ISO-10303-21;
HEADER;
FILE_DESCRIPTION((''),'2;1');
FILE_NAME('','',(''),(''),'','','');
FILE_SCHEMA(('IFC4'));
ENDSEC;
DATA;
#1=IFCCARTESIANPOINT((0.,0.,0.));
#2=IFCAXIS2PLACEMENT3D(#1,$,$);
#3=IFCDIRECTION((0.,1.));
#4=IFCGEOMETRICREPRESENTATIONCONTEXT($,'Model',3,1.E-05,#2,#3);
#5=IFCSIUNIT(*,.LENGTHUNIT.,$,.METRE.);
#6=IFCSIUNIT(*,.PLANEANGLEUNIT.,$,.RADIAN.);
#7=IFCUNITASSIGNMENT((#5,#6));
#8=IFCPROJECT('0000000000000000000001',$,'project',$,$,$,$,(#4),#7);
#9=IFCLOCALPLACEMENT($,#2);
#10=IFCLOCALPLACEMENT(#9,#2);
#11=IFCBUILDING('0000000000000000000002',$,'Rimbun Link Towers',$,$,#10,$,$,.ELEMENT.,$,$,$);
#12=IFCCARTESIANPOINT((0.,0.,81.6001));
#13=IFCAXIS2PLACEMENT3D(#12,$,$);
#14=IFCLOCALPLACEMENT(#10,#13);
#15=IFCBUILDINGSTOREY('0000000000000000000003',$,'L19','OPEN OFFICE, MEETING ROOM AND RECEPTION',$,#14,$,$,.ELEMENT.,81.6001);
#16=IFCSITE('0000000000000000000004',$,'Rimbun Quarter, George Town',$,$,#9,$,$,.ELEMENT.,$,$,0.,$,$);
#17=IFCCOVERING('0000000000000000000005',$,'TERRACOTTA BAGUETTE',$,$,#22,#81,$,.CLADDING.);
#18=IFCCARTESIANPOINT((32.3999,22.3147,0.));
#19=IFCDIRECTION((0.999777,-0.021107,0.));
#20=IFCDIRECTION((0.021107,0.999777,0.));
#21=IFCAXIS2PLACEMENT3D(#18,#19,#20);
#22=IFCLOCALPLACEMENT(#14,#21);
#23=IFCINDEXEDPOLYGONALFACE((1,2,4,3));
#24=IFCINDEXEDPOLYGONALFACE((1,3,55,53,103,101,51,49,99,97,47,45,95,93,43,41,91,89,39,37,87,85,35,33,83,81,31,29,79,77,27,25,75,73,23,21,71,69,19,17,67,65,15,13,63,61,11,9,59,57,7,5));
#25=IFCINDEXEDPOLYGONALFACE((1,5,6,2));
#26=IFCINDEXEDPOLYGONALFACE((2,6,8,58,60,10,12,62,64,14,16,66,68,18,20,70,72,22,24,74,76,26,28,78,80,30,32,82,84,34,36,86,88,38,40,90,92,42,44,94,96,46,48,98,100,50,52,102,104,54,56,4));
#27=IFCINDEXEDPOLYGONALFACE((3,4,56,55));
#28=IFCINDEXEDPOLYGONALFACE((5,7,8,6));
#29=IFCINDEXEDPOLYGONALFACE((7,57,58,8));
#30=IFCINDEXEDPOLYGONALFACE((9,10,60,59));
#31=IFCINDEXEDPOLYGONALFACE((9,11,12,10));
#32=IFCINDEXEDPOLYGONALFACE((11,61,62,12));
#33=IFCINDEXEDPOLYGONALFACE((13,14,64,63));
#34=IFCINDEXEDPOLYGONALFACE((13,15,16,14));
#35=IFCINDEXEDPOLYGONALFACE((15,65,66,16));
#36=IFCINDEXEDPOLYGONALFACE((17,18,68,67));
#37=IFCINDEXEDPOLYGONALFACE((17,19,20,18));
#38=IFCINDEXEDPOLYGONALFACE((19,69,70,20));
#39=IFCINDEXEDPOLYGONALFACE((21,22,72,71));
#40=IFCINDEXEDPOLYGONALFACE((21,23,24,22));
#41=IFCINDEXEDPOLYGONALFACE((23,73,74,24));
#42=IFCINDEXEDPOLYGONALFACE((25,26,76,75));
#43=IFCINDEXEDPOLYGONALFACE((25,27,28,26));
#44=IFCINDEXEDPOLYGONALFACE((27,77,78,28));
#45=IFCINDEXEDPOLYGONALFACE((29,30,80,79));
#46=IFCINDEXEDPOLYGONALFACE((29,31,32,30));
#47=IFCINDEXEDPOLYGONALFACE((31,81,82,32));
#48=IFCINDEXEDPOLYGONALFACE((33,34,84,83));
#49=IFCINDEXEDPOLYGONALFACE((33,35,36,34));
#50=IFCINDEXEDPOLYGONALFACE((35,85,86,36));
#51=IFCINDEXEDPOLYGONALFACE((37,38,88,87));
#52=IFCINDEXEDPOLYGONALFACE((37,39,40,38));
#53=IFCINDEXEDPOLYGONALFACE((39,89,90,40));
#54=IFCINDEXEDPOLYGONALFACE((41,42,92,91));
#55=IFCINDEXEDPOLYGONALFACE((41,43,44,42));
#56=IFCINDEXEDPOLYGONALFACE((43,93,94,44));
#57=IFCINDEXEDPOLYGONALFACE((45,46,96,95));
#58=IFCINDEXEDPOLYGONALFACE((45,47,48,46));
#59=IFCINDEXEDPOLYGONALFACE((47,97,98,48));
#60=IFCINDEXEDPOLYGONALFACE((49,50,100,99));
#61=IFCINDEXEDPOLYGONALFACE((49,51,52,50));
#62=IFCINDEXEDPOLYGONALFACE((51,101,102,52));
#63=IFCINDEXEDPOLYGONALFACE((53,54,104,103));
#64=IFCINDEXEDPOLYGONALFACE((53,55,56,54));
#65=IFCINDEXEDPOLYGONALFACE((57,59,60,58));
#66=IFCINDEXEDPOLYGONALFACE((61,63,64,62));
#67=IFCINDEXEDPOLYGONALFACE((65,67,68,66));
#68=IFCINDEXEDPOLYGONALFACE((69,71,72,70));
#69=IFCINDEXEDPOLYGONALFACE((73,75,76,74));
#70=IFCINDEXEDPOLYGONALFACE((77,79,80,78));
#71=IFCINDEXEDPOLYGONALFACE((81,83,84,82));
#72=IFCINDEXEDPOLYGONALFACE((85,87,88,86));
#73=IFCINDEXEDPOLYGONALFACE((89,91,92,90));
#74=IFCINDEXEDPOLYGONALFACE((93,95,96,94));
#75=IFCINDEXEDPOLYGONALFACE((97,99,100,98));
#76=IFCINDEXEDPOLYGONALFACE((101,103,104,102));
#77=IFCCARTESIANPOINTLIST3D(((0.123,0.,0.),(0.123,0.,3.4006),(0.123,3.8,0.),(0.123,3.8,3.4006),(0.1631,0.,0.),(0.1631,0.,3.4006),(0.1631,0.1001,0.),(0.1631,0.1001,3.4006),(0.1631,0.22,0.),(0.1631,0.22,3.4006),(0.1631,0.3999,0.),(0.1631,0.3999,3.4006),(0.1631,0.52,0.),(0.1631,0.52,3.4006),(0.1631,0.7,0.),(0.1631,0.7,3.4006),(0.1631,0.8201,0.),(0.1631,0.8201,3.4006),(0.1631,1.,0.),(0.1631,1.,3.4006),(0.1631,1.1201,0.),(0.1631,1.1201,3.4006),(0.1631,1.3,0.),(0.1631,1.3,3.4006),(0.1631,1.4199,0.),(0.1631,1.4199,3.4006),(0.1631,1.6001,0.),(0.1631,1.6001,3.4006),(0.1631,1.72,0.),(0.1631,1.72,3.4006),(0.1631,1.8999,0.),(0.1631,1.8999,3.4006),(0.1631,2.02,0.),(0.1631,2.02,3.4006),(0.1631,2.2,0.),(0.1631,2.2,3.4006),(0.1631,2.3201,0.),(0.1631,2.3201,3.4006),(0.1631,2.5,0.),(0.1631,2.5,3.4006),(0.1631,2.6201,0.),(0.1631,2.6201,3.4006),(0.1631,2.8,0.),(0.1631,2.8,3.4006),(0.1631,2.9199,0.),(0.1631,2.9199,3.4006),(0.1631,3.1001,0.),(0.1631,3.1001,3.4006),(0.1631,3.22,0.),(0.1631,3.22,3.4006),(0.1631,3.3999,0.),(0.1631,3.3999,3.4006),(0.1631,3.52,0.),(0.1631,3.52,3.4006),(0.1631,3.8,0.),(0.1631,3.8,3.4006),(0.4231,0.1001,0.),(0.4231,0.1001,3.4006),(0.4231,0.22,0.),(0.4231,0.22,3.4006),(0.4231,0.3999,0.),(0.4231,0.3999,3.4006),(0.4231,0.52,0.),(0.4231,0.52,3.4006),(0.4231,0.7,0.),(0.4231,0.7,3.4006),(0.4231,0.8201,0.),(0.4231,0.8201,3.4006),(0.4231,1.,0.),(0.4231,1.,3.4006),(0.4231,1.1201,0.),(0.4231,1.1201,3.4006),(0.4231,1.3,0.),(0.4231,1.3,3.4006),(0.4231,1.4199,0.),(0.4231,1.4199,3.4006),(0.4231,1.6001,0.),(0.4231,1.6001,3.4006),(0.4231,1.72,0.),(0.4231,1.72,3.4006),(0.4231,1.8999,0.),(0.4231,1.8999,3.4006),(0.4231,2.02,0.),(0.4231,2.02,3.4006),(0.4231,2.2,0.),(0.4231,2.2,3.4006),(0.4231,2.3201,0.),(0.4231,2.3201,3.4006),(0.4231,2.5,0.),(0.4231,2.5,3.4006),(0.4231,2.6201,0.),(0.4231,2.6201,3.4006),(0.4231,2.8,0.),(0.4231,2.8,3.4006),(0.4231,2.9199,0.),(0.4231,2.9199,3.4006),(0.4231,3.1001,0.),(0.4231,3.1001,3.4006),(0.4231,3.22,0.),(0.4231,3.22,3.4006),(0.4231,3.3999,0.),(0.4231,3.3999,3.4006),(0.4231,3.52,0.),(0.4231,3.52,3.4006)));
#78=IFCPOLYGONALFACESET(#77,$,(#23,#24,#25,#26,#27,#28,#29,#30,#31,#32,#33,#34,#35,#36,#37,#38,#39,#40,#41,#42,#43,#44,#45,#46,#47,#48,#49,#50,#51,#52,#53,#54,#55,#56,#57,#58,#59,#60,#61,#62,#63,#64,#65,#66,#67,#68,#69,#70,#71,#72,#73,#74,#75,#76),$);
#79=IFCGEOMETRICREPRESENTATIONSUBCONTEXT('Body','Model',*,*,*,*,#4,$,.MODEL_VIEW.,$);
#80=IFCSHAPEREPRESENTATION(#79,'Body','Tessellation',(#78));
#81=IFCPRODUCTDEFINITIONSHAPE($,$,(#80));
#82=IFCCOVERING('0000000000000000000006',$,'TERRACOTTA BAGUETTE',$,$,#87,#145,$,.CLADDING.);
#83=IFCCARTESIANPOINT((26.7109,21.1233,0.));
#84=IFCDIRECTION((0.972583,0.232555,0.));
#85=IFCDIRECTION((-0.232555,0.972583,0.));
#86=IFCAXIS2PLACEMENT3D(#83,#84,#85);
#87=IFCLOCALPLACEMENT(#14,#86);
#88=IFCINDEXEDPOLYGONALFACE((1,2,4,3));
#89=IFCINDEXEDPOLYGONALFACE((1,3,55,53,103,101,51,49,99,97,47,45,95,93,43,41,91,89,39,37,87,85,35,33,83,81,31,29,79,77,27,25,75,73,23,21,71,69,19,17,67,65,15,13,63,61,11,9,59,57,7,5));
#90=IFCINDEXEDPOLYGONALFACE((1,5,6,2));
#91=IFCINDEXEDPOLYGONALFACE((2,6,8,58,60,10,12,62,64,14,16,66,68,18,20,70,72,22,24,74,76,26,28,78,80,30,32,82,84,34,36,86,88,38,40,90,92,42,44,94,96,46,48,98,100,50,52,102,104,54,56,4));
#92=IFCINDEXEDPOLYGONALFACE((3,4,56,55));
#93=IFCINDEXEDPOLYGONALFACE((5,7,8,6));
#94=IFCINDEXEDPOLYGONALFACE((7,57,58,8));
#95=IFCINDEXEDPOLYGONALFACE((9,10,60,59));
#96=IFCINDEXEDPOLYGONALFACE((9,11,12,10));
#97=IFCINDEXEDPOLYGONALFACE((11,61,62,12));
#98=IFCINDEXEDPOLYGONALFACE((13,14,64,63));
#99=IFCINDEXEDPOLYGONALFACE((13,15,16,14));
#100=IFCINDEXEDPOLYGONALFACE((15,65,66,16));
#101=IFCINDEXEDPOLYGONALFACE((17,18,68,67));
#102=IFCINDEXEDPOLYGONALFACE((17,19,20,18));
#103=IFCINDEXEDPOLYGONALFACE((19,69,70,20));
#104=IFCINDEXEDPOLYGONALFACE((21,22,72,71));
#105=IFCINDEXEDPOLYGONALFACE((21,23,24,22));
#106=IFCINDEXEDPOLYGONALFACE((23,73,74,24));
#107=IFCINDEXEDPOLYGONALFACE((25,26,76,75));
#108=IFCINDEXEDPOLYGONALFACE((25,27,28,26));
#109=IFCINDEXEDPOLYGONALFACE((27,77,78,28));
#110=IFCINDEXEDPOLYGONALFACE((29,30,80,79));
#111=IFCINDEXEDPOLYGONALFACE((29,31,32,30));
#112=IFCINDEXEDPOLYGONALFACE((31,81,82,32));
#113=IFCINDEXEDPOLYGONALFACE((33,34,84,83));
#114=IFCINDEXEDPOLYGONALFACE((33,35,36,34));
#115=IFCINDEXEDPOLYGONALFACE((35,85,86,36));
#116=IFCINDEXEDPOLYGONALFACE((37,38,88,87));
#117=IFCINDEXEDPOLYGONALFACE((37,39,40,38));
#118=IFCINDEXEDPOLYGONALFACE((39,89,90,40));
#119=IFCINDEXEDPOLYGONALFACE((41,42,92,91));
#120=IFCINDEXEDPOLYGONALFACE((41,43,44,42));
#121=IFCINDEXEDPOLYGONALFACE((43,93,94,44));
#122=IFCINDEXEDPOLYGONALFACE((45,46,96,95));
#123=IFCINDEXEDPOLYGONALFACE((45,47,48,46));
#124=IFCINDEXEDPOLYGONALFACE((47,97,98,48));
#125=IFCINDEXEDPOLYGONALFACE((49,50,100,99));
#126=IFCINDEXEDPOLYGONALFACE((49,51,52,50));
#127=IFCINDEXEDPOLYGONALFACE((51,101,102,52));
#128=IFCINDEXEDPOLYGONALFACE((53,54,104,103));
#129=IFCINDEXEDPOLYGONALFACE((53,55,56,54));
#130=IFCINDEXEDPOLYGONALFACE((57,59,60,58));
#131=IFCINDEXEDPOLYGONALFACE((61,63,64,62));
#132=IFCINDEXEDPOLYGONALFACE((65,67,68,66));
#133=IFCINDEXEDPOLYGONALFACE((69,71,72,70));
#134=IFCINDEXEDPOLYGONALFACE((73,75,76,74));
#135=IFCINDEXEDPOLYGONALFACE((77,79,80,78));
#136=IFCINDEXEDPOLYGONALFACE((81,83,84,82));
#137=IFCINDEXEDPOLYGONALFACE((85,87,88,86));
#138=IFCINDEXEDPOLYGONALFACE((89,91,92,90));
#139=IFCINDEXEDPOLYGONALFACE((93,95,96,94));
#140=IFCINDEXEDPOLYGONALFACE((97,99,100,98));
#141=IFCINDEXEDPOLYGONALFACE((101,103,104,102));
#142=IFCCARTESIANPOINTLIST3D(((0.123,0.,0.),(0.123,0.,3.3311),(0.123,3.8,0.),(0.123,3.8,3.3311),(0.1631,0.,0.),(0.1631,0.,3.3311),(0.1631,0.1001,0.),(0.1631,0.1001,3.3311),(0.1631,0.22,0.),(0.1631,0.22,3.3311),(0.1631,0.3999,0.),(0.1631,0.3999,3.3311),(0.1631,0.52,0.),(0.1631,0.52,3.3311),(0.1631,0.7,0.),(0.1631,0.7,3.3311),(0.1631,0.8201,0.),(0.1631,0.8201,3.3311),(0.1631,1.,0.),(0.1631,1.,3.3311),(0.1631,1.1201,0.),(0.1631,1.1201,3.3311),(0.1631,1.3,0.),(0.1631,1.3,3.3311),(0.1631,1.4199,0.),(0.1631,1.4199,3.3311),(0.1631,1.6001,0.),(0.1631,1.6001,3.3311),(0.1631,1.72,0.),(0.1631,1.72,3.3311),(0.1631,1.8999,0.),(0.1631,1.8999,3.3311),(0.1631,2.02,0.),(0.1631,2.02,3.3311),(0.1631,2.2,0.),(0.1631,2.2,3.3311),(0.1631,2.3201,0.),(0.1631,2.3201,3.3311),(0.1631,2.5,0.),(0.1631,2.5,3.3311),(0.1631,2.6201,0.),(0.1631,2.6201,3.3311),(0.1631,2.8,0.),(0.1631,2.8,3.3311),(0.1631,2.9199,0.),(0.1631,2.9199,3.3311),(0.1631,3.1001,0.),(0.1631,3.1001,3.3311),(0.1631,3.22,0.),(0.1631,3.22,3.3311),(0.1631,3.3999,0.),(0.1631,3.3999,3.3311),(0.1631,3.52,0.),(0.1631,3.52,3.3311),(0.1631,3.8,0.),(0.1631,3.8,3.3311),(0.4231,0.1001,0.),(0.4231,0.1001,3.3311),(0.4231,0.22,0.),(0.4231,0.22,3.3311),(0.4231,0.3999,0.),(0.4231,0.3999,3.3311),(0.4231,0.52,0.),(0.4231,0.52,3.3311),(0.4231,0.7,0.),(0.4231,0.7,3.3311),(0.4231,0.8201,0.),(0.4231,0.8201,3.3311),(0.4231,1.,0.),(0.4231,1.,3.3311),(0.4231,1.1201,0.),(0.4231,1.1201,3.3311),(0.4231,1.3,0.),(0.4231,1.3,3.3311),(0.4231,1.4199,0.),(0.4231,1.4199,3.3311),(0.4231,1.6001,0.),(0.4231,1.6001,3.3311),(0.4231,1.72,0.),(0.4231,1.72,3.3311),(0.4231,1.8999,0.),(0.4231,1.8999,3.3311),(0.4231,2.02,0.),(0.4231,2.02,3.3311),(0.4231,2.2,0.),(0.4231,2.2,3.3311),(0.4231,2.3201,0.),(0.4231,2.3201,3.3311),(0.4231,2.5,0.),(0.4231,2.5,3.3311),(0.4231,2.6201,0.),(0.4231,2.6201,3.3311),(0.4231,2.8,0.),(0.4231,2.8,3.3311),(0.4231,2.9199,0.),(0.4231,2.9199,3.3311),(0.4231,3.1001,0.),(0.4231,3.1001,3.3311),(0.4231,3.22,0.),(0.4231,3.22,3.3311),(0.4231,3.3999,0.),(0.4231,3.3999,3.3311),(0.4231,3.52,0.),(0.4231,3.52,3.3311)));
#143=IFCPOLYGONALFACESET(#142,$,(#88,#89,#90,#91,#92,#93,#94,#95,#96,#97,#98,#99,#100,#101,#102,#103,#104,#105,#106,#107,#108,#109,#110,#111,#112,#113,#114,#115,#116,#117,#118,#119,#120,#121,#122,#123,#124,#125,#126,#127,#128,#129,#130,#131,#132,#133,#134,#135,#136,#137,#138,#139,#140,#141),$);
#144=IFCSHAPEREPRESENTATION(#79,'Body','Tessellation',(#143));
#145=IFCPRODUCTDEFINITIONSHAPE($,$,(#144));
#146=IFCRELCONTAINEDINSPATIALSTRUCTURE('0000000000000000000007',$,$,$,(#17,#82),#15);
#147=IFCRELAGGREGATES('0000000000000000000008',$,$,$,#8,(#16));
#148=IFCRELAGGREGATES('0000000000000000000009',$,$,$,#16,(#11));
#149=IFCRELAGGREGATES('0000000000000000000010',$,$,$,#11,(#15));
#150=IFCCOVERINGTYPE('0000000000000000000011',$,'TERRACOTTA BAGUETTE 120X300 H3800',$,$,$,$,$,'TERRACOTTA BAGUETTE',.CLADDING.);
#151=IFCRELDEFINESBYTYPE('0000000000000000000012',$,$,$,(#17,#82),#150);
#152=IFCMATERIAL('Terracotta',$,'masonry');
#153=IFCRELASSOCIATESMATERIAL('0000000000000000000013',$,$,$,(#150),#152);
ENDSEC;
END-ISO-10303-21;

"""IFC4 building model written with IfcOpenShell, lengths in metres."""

from ifc_helpers import new_model, si_unit, direction, frame, origin, place, context, subcontext, project, spatial, polyline, outline, extrude, material, material_profile, profile_set, type_object, element, save


model = new_model("IFC4")

# Units and contexts
model_context = context("Model", 3, precision=1e-05, world=origin(), true_north=direction((0.0, 1.0)))
body_context = subcontext(model_context, "Body", "Model", "MODEL_VIEW")
ifc_project = project(units=[si_unit("LENGTHUNIT", "METRE"), si_unit("PLANEANGLEUNIT", "RADIAN")], contexts=[model_context])

# Site, building, storey
site_placement = place(None, origin())
site = spatial("IfcSite", under=ifc_project, at=site_placement, Name="Rimbun Quarter, George Town", CompositionType="ELEMENT", RefElevation=0.0)
building_placement = place(site_placement, origin())
building = spatial("IfcBuilding", under=site, at=building_placement, Name="Rimbun Link Towers", CompositionType="ELEMENT")
storey_placement = place(building_placement, frame((0.0, 0.0, 81.6001)))
storey = spatial("IfcBuildingStorey", under=building, at=storey_placement, Name="L19", Description="OPEN OFFICE, MEETING ROOM AND RECEPTION", CompositionType="ELEMENT", Elevation=81.6001)

# Coverings
ifc_material_1 = material(Name="Terracotta", Category="masonry")
ifc_material_profile_1 = material_profile(ifc_material_1, outline(polyline([(0.123, 0.0), (0.1631, 0.0), (0.1631, 0.1001), (0.4231, 0.1001), (0.4231, 0.22), (0.1631, 0.22), (0.1631, 0.3999), (0.4231, 0.3999), (0.4231, 0.52), (0.1631, 0.52), (0.1631, 0.7), (0.4231, 0.7), (0.4231, 0.8201), (0.1631, 0.8201), (0.1631, 1.0), (0.4231, 1.0), (0.4231, 1.1201), (0.1631, 1.1201), (0.1631, 1.3), (0.4231, 1.3), (0.4231, 1.4199), (0.1631, 1.4199), (0.1631, 1.6001), (0.4231, 1.6001), (0.4231, 1.72), (0.1631, 1.72), (0.1631, 1.8999), (0.4231, 1.8999), (0.4231, 2.02), (0.1631, 2.02), (0.1631, 2.2), (0.4231, 2.2), (0.4231, 2.3201), (0.1631, 2.3201), (0.1631, 2.5), (0.4231, 2.5), (0.4231, 2.6201), (0.1631, 2.6201), (0.1631, 2.8), (0.4231, 2.8), (0.4231, 2.9199), (0.1631, 2.9199), (0.1631, 3.1001), (0.4231, 3.1001), (0.4231, 3.22), (0.1631, 3.22), (0.1631, 3.3999), (0.4231, 3.3999), (0.4231, 3.52), (0.1631, 3.52), (0.1631, 3.8), (0.123, 3.8), (0.123, 0.0)])), Name="BAGUETTE 120X300")
ifc_profile_set_1 = profile_set([ifc_material_profile_1], Name="Terracotta")
covering_type = type_object("IfcCoveringType", Name="TERRACOTTA BAGUETTE 120X300 H3800", ElementType="TERRACOTTA BAGUETTE", PredefinedType="CLADDING", material=ifc_profile_set_1)
covering_1_placement = place(storey_placement, frame((32.3999, 22.3147, 0.0), z_axis=(0.999777, -0.021107, 0.0), x_axis=(0.021107, 0.999777, 0.0)))
element("IfcCovering", 1, at=covering_1_placement, inside=storey, type_object=covering_type, Name="TERRACOTTA BAGUETTE", PredefinedType="CLADDING", context=body_context, shape_type="SweptSolid", body=[
    extrude(outline(polyline([(0.123, 0.0), (0.1631, 0.0), (0.1631, 0.1001), (0.4231, 0.1001), (0.4231, 0.22), (0.1631, 0.22), (0.1631, 0.3999), (0.4231, 0.3999), (0.4231, 0.52), (0.1631, 0.52), (0.1631, 0.7), (0.4231, 0.7), (0.4231, 0.8201), (0.1631, 0.8201), (0.1631, 1.0), (0.4231, 1.0), (0.4231, 1.1201), (0.1631, 1.1201), (0.1631, 1.3), (0.4231, 1.3), (0.4231, 1.4199), (0.1631, 1.4199), (0.1631, 1.6001), (0.4231, 1.6001), (0.4231, 1.72), (0.1631, 1.72), (0.1631, 1.8999), (0.4231, 1.8999), (0.4231, 2.02), (0.1631, 2.02), (0.1631, 2.2), (0.4231, 2.2), (0.4231, 2.3201), (0.1631, 2.3201), (0.1631, 2.5), (0.4231, 2.5), (0.4231, 2.6201), (0.1631, 2.6201), (0.1631, 2.8), (0.4231, 2.8), (0.4231, 2.9199), (0.1631, 2.9199), (0.1631, 3.1001), (0.4231, 3.1001), (0.4231, 3.22), (0.1631, 3.22), (0.1631, 3.3999), (0.4231, 3.3999), (0.4231, 3.52), (0.1631, 3.52), (0.1631, 3.8), (0.123, 3.8), (0.123, 0.0)])), origin(), (0.0, 0.0, 1.0), 3.4006),
])
covering_2_placement = place(storey_placement, frame((26.7109, 21.1233, 0.0), z_axis=(0.972583, 0.232555, 0.0), x_axis=(-0.232555, 0.972583, 0.0)))
element("IfcCovering", 2, at=covering_2_placement, inside=storey, type_object=covering_type, Name="TERRACOTTA BAGUETTE", PredefinedType="CLADDING", context=body_context, shape_type="SweptSolid", body=[
    extrude(outline(polyline([(0.123, 0.0), (0.1631, 0.0), (0.1631, 0.1001), (0.4231, 0.1001), (0.4231, 0.22), (0.1631, 0.22), (0.1631, 0.3999), (0.4231, 0.3999), (0.4231, 0.52), (0.1631, 0.52), (0.1631, 0.7), (0.4231, 0.7), (0.4231, 0.8201), (0.1631, 0.8201), (0.1631, 1.0), (0.4231, 1.0), (0.4231, 1.1201), (0.1631, 1.1201), (0.1631, 1.3), (0.4231, 1.3), (0.4231, 1.4199), (0.1631, 1.4199), (0.1631, 1.6001), (0.4231, 1.6001), (0.4231, 1.72), (0.1631, 1.72), (0.1631, 1.8999), (0.4231, 1.8999), (0.4231, 2.02), (0.1631, 2.02), (0.1631, 2.2), (0.4231, 2.2), (0.4231, 2.3201), (0.1631, 2.3201), (0.1631, 2.5), (0.4231, 2.5), (0.4231, 2.6201), (0.1631, 2.6201), (0.1631, 2.8), (0.4231, 2.8), (0.4231, 2.9199), (0.1631, 2.9199), (0.1631, 3.1001), (0.4231, 3.1001), (0.4231, 3.22), (0.1631, 3.22), (0.1631, 3.3999), (0.4231, 3.3999), (0.4231, 3.52), (0.1631, 3.52), (0.1631, 3.8), (0.123, 3.8), (0.123, 0.0)])), origin(), (0.0, 0.0, 1.0), 3.3311),
])

save(model, "model.ifc")
